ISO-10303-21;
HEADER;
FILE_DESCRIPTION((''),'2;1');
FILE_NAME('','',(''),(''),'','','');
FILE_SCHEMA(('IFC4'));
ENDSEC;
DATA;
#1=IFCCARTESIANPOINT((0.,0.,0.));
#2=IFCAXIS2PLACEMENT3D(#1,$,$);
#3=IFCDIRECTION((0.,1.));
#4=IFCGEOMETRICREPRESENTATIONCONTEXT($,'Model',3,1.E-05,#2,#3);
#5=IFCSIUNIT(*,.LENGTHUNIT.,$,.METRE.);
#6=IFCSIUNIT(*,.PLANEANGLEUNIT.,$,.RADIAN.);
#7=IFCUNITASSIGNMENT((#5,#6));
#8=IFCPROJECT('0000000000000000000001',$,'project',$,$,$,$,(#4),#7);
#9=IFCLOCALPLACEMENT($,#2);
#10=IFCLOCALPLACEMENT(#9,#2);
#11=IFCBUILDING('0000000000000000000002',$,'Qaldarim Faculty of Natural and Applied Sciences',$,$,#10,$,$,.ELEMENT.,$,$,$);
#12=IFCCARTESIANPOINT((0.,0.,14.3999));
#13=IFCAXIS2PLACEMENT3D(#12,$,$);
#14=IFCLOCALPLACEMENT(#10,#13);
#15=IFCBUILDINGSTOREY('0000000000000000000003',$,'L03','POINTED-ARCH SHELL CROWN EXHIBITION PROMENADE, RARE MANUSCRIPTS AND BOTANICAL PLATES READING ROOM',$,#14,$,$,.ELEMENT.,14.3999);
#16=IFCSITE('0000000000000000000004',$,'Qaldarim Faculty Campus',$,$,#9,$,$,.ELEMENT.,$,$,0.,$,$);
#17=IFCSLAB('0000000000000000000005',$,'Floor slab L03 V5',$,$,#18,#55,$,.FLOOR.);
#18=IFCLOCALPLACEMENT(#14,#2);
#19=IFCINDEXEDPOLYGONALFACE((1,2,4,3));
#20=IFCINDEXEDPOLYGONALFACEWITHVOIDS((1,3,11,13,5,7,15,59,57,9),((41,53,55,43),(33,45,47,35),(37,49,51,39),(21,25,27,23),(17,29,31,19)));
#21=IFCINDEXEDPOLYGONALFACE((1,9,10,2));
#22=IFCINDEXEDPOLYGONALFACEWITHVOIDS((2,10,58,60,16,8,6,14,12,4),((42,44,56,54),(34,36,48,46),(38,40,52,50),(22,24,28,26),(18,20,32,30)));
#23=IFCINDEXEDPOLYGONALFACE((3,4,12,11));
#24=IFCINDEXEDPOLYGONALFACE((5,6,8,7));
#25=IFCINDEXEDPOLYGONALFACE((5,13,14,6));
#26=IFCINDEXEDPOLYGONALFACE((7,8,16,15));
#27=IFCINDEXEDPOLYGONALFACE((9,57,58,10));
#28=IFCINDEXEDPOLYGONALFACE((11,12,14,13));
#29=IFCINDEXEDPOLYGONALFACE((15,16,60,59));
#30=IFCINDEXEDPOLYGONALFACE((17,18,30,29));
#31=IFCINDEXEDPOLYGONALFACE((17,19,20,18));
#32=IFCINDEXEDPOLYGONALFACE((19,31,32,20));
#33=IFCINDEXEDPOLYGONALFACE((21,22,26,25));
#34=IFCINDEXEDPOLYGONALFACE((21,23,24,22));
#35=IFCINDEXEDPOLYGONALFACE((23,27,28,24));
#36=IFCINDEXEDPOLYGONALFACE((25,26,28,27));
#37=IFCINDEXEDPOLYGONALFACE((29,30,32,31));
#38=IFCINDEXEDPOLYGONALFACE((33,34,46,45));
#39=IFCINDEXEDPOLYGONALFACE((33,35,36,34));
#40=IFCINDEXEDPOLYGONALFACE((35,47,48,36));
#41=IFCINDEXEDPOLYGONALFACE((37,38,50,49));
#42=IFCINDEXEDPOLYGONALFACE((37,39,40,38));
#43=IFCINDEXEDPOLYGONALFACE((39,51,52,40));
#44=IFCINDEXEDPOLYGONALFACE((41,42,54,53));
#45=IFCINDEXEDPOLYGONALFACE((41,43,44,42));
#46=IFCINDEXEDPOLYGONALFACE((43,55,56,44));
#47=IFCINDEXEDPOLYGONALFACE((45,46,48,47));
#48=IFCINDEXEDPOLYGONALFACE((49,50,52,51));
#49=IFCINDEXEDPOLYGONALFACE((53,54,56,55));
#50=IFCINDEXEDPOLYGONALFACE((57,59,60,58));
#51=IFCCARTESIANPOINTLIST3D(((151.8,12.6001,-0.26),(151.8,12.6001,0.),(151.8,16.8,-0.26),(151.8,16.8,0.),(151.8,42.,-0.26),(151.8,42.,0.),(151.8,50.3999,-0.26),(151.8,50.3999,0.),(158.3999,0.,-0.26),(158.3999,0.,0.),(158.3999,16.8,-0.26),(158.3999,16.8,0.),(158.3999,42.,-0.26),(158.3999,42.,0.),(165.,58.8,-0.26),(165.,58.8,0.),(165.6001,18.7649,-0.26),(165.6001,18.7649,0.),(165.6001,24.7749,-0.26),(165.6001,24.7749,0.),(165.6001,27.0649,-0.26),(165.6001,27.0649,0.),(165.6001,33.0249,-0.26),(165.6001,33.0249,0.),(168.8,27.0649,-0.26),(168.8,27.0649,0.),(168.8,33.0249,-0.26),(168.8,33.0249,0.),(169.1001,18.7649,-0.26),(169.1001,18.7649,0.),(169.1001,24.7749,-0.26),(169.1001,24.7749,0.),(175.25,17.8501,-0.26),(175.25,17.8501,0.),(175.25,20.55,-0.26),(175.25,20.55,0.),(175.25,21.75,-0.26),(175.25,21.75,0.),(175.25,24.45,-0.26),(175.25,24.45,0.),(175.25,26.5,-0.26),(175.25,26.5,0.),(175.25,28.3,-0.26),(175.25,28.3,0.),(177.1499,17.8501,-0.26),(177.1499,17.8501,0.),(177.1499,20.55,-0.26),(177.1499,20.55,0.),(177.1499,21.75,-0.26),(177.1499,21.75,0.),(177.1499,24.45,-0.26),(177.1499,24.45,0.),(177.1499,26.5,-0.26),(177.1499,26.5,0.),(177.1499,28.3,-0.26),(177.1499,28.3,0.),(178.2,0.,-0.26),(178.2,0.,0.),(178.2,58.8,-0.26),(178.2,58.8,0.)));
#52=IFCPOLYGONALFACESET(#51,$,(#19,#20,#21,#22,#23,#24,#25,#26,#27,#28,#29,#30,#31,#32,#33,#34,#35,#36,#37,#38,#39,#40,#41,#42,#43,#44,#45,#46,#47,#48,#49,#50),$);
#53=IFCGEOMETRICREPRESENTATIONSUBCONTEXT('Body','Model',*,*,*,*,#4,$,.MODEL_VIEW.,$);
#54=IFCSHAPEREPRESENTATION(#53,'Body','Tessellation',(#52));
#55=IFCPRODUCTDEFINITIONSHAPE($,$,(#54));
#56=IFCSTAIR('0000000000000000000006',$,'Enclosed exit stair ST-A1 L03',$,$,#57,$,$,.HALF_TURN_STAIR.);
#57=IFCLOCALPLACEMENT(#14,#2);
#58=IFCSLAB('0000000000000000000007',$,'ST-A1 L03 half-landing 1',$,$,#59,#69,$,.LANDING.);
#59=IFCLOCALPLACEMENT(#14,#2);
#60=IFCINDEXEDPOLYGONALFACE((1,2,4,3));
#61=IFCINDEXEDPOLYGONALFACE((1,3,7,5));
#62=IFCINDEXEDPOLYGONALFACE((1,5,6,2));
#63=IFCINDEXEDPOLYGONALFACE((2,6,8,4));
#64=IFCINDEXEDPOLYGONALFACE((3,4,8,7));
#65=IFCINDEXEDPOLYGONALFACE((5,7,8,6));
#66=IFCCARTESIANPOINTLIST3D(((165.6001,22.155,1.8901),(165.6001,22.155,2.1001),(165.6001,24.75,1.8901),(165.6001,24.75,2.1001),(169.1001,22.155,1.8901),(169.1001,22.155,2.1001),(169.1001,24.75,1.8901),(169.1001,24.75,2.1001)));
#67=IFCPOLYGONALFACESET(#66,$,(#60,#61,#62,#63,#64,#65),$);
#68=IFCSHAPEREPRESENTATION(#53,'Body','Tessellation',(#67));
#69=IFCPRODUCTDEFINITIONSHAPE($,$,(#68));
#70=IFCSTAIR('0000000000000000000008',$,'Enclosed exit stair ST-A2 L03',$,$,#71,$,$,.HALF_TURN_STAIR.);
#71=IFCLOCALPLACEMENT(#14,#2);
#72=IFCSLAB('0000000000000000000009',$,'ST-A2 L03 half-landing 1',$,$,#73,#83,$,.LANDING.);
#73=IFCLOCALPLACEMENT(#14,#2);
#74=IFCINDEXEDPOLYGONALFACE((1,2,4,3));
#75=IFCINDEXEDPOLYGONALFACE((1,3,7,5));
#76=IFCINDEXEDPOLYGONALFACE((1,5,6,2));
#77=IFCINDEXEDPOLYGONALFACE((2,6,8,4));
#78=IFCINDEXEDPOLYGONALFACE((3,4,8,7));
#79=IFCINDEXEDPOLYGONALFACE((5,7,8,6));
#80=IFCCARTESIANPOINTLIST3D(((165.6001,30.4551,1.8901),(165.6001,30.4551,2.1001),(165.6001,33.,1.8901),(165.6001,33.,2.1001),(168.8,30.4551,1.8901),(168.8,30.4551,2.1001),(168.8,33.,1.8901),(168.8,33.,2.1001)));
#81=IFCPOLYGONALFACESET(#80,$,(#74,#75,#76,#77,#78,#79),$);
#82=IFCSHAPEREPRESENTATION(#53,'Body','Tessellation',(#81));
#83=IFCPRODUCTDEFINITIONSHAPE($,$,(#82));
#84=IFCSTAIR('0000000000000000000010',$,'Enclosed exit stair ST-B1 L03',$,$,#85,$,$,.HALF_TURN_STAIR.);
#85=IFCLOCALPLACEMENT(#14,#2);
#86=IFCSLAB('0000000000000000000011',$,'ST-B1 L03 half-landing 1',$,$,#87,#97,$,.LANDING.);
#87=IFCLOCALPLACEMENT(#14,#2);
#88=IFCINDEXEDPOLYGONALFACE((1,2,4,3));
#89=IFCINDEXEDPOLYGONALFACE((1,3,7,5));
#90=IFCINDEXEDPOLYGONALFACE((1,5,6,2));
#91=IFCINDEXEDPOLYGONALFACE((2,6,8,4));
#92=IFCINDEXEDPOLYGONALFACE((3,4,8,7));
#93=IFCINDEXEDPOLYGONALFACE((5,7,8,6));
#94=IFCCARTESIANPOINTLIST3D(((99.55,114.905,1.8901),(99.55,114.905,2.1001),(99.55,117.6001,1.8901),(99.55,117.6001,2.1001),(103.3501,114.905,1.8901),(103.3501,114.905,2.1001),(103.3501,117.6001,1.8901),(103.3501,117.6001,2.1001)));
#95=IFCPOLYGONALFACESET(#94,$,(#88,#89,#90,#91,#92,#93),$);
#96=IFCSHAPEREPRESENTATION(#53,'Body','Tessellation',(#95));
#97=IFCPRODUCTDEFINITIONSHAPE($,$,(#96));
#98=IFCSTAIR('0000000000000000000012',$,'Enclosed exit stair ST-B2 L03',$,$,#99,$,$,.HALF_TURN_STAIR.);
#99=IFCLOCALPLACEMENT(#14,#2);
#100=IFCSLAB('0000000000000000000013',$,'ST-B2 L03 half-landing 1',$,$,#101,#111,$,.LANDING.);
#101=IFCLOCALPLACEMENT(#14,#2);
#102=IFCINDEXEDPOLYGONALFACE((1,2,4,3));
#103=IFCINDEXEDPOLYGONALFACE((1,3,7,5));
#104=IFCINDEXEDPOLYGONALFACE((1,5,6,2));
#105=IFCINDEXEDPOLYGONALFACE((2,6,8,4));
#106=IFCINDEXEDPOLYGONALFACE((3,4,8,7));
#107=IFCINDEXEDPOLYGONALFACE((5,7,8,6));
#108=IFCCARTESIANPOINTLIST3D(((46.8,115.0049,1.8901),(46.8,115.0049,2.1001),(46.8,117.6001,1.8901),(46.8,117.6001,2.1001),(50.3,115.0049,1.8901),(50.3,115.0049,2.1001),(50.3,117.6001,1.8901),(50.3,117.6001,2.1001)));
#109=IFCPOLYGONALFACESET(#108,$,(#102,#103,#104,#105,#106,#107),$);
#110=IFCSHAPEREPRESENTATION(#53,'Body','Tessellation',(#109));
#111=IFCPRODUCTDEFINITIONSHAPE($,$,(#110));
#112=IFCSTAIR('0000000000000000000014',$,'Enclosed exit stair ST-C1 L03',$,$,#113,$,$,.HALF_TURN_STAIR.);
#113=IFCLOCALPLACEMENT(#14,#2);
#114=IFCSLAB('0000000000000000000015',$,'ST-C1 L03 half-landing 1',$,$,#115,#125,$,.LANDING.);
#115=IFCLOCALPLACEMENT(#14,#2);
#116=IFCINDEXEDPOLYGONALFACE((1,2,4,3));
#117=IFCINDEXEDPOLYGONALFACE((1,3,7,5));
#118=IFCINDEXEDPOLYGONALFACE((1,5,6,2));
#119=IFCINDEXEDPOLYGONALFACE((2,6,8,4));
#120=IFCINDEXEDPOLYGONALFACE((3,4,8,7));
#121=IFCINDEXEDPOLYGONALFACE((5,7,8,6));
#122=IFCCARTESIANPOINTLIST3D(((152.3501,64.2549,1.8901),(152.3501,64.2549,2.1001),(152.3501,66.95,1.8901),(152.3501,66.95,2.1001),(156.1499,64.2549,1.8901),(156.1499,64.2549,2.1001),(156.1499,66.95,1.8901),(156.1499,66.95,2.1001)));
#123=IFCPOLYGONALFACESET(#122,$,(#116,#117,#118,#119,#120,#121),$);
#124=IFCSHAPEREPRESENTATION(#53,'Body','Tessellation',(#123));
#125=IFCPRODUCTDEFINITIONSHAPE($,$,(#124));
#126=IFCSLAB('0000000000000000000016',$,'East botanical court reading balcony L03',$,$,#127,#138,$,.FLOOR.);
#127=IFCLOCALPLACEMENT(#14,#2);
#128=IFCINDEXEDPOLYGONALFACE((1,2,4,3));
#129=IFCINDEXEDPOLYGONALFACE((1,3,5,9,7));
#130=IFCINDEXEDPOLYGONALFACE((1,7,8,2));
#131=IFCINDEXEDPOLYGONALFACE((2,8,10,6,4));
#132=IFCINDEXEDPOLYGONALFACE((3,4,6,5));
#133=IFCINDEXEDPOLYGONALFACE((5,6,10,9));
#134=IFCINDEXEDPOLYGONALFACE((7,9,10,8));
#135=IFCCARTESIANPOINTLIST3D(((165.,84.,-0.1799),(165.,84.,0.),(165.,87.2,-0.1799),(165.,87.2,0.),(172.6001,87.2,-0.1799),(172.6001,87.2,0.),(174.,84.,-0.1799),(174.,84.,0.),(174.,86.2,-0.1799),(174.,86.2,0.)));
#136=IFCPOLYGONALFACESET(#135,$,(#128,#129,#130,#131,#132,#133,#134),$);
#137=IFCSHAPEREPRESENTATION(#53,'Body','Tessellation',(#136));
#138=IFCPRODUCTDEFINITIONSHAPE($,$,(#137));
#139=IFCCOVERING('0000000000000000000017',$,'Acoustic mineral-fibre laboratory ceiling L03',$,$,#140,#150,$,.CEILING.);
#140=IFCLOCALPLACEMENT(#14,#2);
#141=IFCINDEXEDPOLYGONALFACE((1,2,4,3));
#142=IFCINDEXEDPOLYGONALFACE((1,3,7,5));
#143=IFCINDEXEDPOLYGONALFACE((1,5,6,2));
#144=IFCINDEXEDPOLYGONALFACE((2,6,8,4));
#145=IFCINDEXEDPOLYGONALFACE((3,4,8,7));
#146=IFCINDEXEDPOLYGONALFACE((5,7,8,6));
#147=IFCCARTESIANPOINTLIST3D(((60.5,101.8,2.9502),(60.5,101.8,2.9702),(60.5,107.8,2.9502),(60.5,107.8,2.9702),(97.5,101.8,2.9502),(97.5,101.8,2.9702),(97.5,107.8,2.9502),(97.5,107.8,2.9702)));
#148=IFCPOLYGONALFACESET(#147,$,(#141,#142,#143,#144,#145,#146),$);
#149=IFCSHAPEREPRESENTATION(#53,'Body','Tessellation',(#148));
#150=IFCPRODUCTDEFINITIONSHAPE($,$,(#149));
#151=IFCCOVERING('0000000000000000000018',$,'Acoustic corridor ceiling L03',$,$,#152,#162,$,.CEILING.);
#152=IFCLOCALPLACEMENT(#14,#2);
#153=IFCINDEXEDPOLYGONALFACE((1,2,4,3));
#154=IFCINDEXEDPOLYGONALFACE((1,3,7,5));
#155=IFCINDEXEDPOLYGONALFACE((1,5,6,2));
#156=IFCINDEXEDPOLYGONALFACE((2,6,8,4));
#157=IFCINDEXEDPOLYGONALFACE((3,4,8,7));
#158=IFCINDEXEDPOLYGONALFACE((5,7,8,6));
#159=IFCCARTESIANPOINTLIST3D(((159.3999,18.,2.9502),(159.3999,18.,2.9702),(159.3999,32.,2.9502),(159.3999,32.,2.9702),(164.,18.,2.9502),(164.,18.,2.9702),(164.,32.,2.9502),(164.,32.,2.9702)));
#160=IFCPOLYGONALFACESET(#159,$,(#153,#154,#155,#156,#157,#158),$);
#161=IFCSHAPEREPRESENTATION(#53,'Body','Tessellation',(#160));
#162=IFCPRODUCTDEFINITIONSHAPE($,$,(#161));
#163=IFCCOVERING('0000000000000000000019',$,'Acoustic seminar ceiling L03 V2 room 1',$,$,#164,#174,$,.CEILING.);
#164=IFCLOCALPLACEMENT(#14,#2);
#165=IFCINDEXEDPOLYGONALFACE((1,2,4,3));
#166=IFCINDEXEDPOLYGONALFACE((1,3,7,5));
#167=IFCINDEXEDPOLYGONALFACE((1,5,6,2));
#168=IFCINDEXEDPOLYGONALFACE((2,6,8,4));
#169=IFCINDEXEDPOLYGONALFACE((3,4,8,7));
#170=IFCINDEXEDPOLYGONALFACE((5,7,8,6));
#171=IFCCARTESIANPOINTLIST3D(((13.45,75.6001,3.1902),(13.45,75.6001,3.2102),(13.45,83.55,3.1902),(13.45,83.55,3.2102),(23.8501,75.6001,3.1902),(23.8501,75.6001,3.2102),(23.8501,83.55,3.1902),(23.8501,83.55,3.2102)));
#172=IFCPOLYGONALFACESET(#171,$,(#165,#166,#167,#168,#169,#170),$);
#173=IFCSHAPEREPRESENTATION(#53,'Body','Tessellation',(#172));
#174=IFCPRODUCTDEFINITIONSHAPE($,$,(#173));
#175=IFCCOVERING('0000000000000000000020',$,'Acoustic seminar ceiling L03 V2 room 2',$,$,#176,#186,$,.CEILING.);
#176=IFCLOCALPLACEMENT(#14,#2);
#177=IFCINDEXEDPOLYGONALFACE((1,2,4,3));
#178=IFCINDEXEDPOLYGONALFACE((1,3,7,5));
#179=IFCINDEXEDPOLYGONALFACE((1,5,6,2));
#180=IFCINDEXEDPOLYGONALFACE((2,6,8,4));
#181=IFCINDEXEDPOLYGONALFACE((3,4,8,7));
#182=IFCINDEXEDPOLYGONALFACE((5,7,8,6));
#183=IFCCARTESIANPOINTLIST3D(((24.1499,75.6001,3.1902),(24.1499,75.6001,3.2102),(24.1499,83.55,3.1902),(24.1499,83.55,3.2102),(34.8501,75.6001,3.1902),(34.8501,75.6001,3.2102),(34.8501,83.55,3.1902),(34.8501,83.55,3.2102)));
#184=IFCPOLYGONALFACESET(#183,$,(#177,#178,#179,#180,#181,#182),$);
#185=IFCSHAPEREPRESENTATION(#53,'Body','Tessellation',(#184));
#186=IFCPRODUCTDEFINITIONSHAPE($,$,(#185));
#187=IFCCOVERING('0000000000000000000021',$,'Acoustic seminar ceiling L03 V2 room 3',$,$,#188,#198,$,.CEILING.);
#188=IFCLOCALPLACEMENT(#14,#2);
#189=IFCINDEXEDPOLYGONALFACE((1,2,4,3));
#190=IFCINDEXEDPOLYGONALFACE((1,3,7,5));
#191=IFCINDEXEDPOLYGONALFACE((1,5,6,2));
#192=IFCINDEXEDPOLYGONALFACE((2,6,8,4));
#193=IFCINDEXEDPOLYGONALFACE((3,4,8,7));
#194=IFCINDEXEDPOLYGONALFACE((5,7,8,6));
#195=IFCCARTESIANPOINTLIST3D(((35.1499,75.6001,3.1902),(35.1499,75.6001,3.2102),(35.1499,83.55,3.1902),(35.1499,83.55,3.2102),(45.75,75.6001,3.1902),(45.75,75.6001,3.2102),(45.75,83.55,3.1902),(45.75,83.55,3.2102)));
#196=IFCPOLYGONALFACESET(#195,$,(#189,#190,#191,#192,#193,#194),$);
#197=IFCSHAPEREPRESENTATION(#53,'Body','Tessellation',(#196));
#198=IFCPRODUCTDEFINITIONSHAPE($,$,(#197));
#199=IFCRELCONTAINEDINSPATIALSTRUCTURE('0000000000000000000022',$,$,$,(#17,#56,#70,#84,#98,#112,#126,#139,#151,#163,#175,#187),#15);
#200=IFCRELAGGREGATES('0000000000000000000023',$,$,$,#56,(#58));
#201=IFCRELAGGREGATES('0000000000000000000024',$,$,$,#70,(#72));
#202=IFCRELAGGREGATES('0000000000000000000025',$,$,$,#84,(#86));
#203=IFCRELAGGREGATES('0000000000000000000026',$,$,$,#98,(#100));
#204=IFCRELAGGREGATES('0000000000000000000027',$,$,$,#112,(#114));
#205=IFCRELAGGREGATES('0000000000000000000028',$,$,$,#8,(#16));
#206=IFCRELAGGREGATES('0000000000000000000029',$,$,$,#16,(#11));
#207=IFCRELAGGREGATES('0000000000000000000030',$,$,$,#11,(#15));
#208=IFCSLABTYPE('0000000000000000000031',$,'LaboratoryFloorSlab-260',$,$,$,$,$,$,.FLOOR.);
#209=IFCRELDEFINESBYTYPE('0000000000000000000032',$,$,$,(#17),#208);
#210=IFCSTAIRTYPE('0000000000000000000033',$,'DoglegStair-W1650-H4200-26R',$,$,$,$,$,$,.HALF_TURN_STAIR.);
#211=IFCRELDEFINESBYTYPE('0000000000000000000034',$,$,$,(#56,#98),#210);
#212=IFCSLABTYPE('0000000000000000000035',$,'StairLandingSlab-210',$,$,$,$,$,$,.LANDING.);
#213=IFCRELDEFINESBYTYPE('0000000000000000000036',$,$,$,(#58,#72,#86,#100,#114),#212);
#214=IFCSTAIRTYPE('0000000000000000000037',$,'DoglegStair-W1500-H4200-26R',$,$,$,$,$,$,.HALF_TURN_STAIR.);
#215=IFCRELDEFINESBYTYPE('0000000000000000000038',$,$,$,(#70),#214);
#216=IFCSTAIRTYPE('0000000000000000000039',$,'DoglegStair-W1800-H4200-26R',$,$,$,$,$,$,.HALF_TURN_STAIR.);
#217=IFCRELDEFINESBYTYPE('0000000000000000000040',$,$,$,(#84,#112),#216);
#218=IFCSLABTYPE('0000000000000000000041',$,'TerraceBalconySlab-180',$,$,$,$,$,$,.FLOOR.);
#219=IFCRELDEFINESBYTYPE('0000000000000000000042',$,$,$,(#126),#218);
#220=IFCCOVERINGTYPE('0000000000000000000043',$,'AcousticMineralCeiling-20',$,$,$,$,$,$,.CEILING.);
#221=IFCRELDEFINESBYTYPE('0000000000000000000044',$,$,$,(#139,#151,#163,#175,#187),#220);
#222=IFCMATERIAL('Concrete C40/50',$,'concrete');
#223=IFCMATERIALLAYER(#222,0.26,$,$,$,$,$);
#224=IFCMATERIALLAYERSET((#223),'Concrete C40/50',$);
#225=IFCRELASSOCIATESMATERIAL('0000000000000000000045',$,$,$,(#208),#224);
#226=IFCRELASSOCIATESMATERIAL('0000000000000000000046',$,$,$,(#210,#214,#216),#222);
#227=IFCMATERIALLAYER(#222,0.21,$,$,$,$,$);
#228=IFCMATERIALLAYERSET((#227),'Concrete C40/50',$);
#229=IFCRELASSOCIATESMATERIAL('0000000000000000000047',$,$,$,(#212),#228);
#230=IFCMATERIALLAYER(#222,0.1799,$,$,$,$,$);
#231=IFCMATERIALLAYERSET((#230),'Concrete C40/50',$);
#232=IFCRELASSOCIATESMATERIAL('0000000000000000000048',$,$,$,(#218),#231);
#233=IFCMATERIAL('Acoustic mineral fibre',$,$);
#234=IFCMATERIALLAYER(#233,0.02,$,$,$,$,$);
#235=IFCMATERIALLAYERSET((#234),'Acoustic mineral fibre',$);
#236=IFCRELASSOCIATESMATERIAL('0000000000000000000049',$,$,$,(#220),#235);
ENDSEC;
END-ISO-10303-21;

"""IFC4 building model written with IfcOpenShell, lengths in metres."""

from ifc_helpers import new_model, si_unit, direction, frame, origin, place, context, subcontext, project, spatial, polyline, outline, extrude, material, layer, layer_set, type_object, element, aggregate, save


model = new_model("IFC4")

# Units and contexts
model_context = context("Model", 3, precision=1e-05, world=origin(), true_north=direction((0.0, 1.0)))
body_context = subcontext(model_context, "Body", "Model", "MODEL_VIEW")
ifc_project = project(units=[si_unit("LENGTHUNIT", "METRE"), si_unit("PLANEANGLEUNIT", "RADIAN")], contexts=[model_context])

# Site, building, storey
site_placement = place(None, origin())
site = spatial("IfcSite", under=ifc_project, at=site_placement, Name="Qaldarim Faculty Campus", CompositionType="ELEMENT", RefElevation=0.0)
building_placement = place(site_placement, origin())
building = spatial("IfcBuilding", under=site, at=building_placement, Name="Qaldarim Faculty of Natural and Applied Sciences", CompositionType="ELEMENT")
storey_placement = place(building_placement, frame((0.0, 0.0, 14.3999)))
storey = spatial("IfcBuildingStorey", under=building, at=storey_placement, Name="L03", Description="POINTED-ARCH SHELL CROWN EXHIBITION PROMENADE, RARE MANUSCRIPTS AND BOTANICAL PLATES READING ROOM", CompositionType="ELEMENT", Elevation=14.3999)

# Shared definitions
ifc_material_1 = material(Name="Concrete C40/50", Category="concrete")

# Slab
ifc_layer_1 = layer(ifc_material_1, 0.26)
ifc_layer_set_1 = layer_set([ifc_layer_1], Name="Concrete C40/50")
slab_type_1 = type_object("IfcSlabType", Name="LaboratoryFloorSlab-260", PredefinedType="FLOOR", material=ifc_layer_set_1)
slab_1_placement = place(storey_placement, frame((0.0, 0.0, -0.26)))
element("IfcSlab", 1, at=slab_1_placement, inside=storey, type_object=slab_type_1, Name="Floor slab L03 V5", PredefinedType="FLOOR", context=body_context, shape_type="SweptSolid", body=[
    extrude(outline(polyline([(158.3999, 0.0), (178.2, 0.0), (178.2, 58.8), (165.0, 58.8), (151.8, 50.3999), (151.8, 42.0), (158.3999, 42.0), (158.3999, 16.8), (151.8, 16.8), (151.8, 12.6001), (158.3999, 0.0)]), holes=[polyline([(169.1001, 18.7649), (169.1001, 24.7749), (165.6001, 24.7749), (165.6001, 18.7649), (169.1001, 18.7649)]), polyline([(168.8, 27.0649), (168.8, 33.0249), (165.6001, 33.0249), (165.6001, 27.0649), (168.8, 27.0649)]), polyline([(175.25, 17.8501), (177.1499, 17.8501), (177.1499, 20.55), (175.25, 20.55), (175.25, 17.8501)]), polyline([(175.25, 21.75), (177.1499, 21.75), (177.1499, 24.45), (175.25, 24.45), (175.25, 21.75)]), polyline([(175.25, 26.5), (177.1499, 26.5), (177.1499, 28.3), (175.25, 28.3), (175.25, 26.5)])]), origin(), (0.0, 0.0, 1.0), 0.26),
])

# Stairs, slabs
stair_type_1 = type_object("IfcStairType", Name="DoglegStair-W1650-H4200-26R", PredefinedType="HALF_TURN_STAIR", material=ifc_material_1)
stair_1_placement = place(storey_placement, origin())
stair_1 = element("IfcStair", 2, at=stair_1_placement, inside=storey, type_object=stair_type_1, Name="Enclosed exit stair ST-A1 L03", PredefinedType="HALF_TURN_STAIR")
ifc_layer_2 = layer(ifc_material_1, 0.21)
ifc_layer_set_2 = layer_set([ifc_layer_2], Name="Concrete C40/50")
slab_type_2 = type_object("IfcSlabType", Name="StairLandingSlab-210", PredefinedType="LANDING", material=ifc_layer_set_2)
slab_2_placement = place(storey_placement, frame((0.0, 0.0, 1.8901)))
slab_2 = element("IfcSlab", 3, at=slab_2_placement, type_object=slab_type_2, Name="ST-A1 L03 half-landing 1", PredefinedType="LANDING", context=body_context, shape_type="SweptSolid", body=[
    extrude(outline(polyline([(169.1001, 22.155), (169.1001, 24.75), (165.6001, 24.75), (165.6001, 22.155), (169.1001, 22.155)])), origin(), (0.0, 0.0, 1.0), 0.21),
])
aggregate(stair_1, [slab_2])
stair_type_2 = type_object("IfcStairType", Name="DoglegStair-W1500-H4200-26R", PredefinedType="HALF_TURN_STAIR", material=ifc_material_1)
stair_2_placement = place(storey_placement, origin())
stair_2 = element("IfcStair", 4, at=stair_2_placement, inside=storey, type_object=stair_type_2, Name="Enclosed exit stair ST-A2 L03", PredefinedType="HALF_TURN_STAIR")
slab_3_placement = place(storey_placement, frame((0.0, 0.0, 1.8901)))
slab_3 = element("IfcSlab", 5, at=slab_3_placement, type_object=slab_type_2, Name="ST-A2 L03 half-landing 1", PredefinedType="LANDING", context=body_context, shape_type="SweptSolid", body=[
    extrude(outline(polyline([(168.8, 30.4551), (168.8, 33.0), (165.6001, 33.0), (165.6001, 30.4551), (168.8, 30.4551)])), origin(), (0.0, 0.0, 1.0), 0.21),
])
aggregate(stair_2, [slab_3])
stair_type_3 = type_object("IfcStairType", Name="DoglegStair-W1800-H4200-26R", PredefinedType="HALF_TURN_STAIR", material=ifc_material_1)
stair_3_placement = place(storey_placement, origin())
stair_3 = element("IfcStair", 6, at=stair_3_placement, inside=storey, type_object=stair_type_3, Name="Enclosed exit stair ST-B1 L03", PredefinedType="HALF_TURN_STAIR")
slab_4_placement = place(storey_placement, frame((0.0, 0.0, 1.8901)))
slab_4 = element("IfcSlab", 7, at=slab_4_placement, type_object=slab_type_2, Name="ST-B1 L03 half-landing 1", PredefinedType="LANDING", context=body_context, shape_type="SweptSolid", body=[
    extrude(outline(polyline([(103.3501, 114.905), (103.3501, 117.6001), (99.55, 117.6001), (99.55, 114.905), (103.3501, 114.905)])), origin(), (0.0, 0.0, 1.0), 0.21),
])
aggregate(stair_3, [slab_4])
stair_4_placement = place(storey_placement, origin())
stair_4 = element("IfcStair", 8, at=stair_4_placement, inside=storey, type_object=stair_type_1, Name="Enclosed exit stair ST-B2 L03", PredefinedType="HALF_TURN_STAIR")
slab_5_placement = place(storey_placement, frame((0.0, 0.0, 1.8901)))
slab_5 = element("IfcSlab", 9, at=slab_5_placement, type_object=slab_type_2, Name="ST-B2 L03 half-landing 1", PredefinedType="LANDING", context=body_context, shape_type="SweptSolid", body=[
    extrude(outline(polyline([(50.3, 115.0049), (50.3, 117.6001), (46.8, 117.6001), (46.8, 115.0049), (50.3, 115.0049)])), origin(), (0.0, 0.0, 1.0), 0.21),
])
aggregate(stair_4, [slab_5])
stair_5_placement = place(storey_placement, origin())
stair_5 = element("IfcStair", 10, at=stair_5_placement, inside=storey, type_object=stair_type_3, Name="Enclosed exit stair ST-C1 L03", PredefinedType="HALF_TURN_STAIR")
slab_6_placement = place(storey_placement, frame((0.0, 0.0, 1.8901)))
slab_6 = element("IfcSlab", 11, at=slab_6_placement, type_object=slab_type_2, Name="ST-C1 L03 half-landing 1", PredefinedType="LANDING", context=body_context, shape_type="SweptSolid", body=[
    extrude(outline(polyline([(156.1499, 64.2549), (156.1499, 66.95), (152.3501, 66.95), (152.3501, 64.2549), (156.1499, 64.2549)])), origin(), (0.0, 0.0, 1.0), 0.21),
])
aggregate(stair_5, [slab_6])

# Slab
ifc_layer_3 = layer(ifc_material_1, 0.1799)
ifc_layer_set_3 = layer_set([ifc_layer_3], Name="Concrete C40/50")
slab_type_3 = type_object("IfcSlabType", Name="TerraceBalconySlab-180", PredefinedType="FLOOR", material=ifc_layer_set_3)
slab_7_placement = place(storey_placement, frame((0.0, 0.0, -0.1799)))
element("IfcSlab", 12, at=slab_7_placement, inside=storey, type_object=slab_type_3, Name="East botanical court reading balcony L03", PredefinedType="FLOOR", context=body_context, shape_type="SweptSolid", body=[
    extrude(outline(polyline([(165.0, 84.0), (174.0, 84.0), (174.0, 86.2), (172.6001, 87.2), (165.0, 87.2), (165.0, 84.0)])), origin(), (0.0, 0.0, 1.0), 0.1799),
])

# Coverings
ifc_material_2 = material(Name="Acoustic mineral fibre")
ifc_layer_4 = layer(ifc_material_2, 0.02)
ifc_layer_set_4 = layer_set([ifc_layer_4], Name="Acoustic mineral fibre")
covering_type_1 = type_object("IfcCoveringType", Name="AcousticMineralCeiling-20", PredefinedType="CEILING", material=ifc_layer_set_4)
covering_1_placement = place(storey_placement, frame((0.0, 0.0, 2.9502)))
element("IfcCovering", 13, at=covering_1_placement, inside=storey, type_object=covering_type_1, Name="Acoustic mineral-fibre laboratory ceiling L03", PredefinedType="CEILING", context=body_context, shape_type="SweptSolid", body=[
    extrude(outline(polyline([(60.5, 101.8), (97.5, 101.8), (97.5, 107.8), (60.5, 107.8), (60.5, 101.8)])), origin(), (0.0, 0.0, 1.0), 0.02),
])
covering_2_placement = place(storey_placement, frame((0.0, 0.0, 2.9502)))
element("IfcCovering", 14, at=covering_2_placement, inside=storey, type_object=covering_type_1, Name="Acoustic corridor ceiling L03", PredefinedType="CEILING", context=body_context, shape_type="SweptSolid", body=[
    extrude(outline(polyline([(159.3999, 18.0), (164.0, 18.0), (164.0, 32.0), (159.3999, 32.0), (159.3999, 18.0)])), origin(), (0.0, 0.0, 1.0), 0.02),
])
covering_3_placement = place(storey_placement, frame((0.0, 0.0, 3.1902)))
element("IfcCovering", 15, at=covering_3_placement, inside=storey, type_object=covering_type_1, Name="Acoustic seminar ceiling L03 V2 room 1", PredefinedType="CEILING", context=body_context, shape_type="SweptSolid", body=[
    extrude(outline(polyline([(13.45, 75.6001), (23.8501, 75.6001), (23.8501, 83.55), (13.45, 83.55), (13.45, 75.6001)])), origin(), (0.0, 0.0, 1.0), 0.02),
])
covering_4_placement = place(storey_placement, frame((0.0, 0.0, 3.1902)))
element("IfcCovering", 16, at=covering_4_placement, inside=storey, type_object=covering_type_1, Name="Acoustic seminar ceiling L03 V2 room 2", PredefinedType="CEILING", context=body_context, shape_type="SweptSolid", body=[
    extrude(outline(polyline([(24.1499, 75.6001), (34.8501, 75.6001), (34.8501, 83.55), (24.1499, 83.55), (24.1499, 75.6001)])), origin(), (0.0, 0.0, 1.0), 0.02),
])
covering_5_placement = place(storey_placement, frame((0.0, 0.0, 3.1902)))
element("IfcCovering", 17, at=covering_5_placement, inside=storey, type_object=covering_type_1, Name="Acoustic seminar ceiling L03 V2 room 3", PredefinedType="CEILING", context=body_context, shape_type="SweptSolid", body=[
    extrude(outline(polyline([(35.1499, 75.6001), (45.75, 75.6001), (45.75, 83.55), (35.1499, 83.55), (35.1499, 75.6001)])), origin(), (0.0, 0.0, 1.0), 0.02),
])

save(model, "model.ifc")
